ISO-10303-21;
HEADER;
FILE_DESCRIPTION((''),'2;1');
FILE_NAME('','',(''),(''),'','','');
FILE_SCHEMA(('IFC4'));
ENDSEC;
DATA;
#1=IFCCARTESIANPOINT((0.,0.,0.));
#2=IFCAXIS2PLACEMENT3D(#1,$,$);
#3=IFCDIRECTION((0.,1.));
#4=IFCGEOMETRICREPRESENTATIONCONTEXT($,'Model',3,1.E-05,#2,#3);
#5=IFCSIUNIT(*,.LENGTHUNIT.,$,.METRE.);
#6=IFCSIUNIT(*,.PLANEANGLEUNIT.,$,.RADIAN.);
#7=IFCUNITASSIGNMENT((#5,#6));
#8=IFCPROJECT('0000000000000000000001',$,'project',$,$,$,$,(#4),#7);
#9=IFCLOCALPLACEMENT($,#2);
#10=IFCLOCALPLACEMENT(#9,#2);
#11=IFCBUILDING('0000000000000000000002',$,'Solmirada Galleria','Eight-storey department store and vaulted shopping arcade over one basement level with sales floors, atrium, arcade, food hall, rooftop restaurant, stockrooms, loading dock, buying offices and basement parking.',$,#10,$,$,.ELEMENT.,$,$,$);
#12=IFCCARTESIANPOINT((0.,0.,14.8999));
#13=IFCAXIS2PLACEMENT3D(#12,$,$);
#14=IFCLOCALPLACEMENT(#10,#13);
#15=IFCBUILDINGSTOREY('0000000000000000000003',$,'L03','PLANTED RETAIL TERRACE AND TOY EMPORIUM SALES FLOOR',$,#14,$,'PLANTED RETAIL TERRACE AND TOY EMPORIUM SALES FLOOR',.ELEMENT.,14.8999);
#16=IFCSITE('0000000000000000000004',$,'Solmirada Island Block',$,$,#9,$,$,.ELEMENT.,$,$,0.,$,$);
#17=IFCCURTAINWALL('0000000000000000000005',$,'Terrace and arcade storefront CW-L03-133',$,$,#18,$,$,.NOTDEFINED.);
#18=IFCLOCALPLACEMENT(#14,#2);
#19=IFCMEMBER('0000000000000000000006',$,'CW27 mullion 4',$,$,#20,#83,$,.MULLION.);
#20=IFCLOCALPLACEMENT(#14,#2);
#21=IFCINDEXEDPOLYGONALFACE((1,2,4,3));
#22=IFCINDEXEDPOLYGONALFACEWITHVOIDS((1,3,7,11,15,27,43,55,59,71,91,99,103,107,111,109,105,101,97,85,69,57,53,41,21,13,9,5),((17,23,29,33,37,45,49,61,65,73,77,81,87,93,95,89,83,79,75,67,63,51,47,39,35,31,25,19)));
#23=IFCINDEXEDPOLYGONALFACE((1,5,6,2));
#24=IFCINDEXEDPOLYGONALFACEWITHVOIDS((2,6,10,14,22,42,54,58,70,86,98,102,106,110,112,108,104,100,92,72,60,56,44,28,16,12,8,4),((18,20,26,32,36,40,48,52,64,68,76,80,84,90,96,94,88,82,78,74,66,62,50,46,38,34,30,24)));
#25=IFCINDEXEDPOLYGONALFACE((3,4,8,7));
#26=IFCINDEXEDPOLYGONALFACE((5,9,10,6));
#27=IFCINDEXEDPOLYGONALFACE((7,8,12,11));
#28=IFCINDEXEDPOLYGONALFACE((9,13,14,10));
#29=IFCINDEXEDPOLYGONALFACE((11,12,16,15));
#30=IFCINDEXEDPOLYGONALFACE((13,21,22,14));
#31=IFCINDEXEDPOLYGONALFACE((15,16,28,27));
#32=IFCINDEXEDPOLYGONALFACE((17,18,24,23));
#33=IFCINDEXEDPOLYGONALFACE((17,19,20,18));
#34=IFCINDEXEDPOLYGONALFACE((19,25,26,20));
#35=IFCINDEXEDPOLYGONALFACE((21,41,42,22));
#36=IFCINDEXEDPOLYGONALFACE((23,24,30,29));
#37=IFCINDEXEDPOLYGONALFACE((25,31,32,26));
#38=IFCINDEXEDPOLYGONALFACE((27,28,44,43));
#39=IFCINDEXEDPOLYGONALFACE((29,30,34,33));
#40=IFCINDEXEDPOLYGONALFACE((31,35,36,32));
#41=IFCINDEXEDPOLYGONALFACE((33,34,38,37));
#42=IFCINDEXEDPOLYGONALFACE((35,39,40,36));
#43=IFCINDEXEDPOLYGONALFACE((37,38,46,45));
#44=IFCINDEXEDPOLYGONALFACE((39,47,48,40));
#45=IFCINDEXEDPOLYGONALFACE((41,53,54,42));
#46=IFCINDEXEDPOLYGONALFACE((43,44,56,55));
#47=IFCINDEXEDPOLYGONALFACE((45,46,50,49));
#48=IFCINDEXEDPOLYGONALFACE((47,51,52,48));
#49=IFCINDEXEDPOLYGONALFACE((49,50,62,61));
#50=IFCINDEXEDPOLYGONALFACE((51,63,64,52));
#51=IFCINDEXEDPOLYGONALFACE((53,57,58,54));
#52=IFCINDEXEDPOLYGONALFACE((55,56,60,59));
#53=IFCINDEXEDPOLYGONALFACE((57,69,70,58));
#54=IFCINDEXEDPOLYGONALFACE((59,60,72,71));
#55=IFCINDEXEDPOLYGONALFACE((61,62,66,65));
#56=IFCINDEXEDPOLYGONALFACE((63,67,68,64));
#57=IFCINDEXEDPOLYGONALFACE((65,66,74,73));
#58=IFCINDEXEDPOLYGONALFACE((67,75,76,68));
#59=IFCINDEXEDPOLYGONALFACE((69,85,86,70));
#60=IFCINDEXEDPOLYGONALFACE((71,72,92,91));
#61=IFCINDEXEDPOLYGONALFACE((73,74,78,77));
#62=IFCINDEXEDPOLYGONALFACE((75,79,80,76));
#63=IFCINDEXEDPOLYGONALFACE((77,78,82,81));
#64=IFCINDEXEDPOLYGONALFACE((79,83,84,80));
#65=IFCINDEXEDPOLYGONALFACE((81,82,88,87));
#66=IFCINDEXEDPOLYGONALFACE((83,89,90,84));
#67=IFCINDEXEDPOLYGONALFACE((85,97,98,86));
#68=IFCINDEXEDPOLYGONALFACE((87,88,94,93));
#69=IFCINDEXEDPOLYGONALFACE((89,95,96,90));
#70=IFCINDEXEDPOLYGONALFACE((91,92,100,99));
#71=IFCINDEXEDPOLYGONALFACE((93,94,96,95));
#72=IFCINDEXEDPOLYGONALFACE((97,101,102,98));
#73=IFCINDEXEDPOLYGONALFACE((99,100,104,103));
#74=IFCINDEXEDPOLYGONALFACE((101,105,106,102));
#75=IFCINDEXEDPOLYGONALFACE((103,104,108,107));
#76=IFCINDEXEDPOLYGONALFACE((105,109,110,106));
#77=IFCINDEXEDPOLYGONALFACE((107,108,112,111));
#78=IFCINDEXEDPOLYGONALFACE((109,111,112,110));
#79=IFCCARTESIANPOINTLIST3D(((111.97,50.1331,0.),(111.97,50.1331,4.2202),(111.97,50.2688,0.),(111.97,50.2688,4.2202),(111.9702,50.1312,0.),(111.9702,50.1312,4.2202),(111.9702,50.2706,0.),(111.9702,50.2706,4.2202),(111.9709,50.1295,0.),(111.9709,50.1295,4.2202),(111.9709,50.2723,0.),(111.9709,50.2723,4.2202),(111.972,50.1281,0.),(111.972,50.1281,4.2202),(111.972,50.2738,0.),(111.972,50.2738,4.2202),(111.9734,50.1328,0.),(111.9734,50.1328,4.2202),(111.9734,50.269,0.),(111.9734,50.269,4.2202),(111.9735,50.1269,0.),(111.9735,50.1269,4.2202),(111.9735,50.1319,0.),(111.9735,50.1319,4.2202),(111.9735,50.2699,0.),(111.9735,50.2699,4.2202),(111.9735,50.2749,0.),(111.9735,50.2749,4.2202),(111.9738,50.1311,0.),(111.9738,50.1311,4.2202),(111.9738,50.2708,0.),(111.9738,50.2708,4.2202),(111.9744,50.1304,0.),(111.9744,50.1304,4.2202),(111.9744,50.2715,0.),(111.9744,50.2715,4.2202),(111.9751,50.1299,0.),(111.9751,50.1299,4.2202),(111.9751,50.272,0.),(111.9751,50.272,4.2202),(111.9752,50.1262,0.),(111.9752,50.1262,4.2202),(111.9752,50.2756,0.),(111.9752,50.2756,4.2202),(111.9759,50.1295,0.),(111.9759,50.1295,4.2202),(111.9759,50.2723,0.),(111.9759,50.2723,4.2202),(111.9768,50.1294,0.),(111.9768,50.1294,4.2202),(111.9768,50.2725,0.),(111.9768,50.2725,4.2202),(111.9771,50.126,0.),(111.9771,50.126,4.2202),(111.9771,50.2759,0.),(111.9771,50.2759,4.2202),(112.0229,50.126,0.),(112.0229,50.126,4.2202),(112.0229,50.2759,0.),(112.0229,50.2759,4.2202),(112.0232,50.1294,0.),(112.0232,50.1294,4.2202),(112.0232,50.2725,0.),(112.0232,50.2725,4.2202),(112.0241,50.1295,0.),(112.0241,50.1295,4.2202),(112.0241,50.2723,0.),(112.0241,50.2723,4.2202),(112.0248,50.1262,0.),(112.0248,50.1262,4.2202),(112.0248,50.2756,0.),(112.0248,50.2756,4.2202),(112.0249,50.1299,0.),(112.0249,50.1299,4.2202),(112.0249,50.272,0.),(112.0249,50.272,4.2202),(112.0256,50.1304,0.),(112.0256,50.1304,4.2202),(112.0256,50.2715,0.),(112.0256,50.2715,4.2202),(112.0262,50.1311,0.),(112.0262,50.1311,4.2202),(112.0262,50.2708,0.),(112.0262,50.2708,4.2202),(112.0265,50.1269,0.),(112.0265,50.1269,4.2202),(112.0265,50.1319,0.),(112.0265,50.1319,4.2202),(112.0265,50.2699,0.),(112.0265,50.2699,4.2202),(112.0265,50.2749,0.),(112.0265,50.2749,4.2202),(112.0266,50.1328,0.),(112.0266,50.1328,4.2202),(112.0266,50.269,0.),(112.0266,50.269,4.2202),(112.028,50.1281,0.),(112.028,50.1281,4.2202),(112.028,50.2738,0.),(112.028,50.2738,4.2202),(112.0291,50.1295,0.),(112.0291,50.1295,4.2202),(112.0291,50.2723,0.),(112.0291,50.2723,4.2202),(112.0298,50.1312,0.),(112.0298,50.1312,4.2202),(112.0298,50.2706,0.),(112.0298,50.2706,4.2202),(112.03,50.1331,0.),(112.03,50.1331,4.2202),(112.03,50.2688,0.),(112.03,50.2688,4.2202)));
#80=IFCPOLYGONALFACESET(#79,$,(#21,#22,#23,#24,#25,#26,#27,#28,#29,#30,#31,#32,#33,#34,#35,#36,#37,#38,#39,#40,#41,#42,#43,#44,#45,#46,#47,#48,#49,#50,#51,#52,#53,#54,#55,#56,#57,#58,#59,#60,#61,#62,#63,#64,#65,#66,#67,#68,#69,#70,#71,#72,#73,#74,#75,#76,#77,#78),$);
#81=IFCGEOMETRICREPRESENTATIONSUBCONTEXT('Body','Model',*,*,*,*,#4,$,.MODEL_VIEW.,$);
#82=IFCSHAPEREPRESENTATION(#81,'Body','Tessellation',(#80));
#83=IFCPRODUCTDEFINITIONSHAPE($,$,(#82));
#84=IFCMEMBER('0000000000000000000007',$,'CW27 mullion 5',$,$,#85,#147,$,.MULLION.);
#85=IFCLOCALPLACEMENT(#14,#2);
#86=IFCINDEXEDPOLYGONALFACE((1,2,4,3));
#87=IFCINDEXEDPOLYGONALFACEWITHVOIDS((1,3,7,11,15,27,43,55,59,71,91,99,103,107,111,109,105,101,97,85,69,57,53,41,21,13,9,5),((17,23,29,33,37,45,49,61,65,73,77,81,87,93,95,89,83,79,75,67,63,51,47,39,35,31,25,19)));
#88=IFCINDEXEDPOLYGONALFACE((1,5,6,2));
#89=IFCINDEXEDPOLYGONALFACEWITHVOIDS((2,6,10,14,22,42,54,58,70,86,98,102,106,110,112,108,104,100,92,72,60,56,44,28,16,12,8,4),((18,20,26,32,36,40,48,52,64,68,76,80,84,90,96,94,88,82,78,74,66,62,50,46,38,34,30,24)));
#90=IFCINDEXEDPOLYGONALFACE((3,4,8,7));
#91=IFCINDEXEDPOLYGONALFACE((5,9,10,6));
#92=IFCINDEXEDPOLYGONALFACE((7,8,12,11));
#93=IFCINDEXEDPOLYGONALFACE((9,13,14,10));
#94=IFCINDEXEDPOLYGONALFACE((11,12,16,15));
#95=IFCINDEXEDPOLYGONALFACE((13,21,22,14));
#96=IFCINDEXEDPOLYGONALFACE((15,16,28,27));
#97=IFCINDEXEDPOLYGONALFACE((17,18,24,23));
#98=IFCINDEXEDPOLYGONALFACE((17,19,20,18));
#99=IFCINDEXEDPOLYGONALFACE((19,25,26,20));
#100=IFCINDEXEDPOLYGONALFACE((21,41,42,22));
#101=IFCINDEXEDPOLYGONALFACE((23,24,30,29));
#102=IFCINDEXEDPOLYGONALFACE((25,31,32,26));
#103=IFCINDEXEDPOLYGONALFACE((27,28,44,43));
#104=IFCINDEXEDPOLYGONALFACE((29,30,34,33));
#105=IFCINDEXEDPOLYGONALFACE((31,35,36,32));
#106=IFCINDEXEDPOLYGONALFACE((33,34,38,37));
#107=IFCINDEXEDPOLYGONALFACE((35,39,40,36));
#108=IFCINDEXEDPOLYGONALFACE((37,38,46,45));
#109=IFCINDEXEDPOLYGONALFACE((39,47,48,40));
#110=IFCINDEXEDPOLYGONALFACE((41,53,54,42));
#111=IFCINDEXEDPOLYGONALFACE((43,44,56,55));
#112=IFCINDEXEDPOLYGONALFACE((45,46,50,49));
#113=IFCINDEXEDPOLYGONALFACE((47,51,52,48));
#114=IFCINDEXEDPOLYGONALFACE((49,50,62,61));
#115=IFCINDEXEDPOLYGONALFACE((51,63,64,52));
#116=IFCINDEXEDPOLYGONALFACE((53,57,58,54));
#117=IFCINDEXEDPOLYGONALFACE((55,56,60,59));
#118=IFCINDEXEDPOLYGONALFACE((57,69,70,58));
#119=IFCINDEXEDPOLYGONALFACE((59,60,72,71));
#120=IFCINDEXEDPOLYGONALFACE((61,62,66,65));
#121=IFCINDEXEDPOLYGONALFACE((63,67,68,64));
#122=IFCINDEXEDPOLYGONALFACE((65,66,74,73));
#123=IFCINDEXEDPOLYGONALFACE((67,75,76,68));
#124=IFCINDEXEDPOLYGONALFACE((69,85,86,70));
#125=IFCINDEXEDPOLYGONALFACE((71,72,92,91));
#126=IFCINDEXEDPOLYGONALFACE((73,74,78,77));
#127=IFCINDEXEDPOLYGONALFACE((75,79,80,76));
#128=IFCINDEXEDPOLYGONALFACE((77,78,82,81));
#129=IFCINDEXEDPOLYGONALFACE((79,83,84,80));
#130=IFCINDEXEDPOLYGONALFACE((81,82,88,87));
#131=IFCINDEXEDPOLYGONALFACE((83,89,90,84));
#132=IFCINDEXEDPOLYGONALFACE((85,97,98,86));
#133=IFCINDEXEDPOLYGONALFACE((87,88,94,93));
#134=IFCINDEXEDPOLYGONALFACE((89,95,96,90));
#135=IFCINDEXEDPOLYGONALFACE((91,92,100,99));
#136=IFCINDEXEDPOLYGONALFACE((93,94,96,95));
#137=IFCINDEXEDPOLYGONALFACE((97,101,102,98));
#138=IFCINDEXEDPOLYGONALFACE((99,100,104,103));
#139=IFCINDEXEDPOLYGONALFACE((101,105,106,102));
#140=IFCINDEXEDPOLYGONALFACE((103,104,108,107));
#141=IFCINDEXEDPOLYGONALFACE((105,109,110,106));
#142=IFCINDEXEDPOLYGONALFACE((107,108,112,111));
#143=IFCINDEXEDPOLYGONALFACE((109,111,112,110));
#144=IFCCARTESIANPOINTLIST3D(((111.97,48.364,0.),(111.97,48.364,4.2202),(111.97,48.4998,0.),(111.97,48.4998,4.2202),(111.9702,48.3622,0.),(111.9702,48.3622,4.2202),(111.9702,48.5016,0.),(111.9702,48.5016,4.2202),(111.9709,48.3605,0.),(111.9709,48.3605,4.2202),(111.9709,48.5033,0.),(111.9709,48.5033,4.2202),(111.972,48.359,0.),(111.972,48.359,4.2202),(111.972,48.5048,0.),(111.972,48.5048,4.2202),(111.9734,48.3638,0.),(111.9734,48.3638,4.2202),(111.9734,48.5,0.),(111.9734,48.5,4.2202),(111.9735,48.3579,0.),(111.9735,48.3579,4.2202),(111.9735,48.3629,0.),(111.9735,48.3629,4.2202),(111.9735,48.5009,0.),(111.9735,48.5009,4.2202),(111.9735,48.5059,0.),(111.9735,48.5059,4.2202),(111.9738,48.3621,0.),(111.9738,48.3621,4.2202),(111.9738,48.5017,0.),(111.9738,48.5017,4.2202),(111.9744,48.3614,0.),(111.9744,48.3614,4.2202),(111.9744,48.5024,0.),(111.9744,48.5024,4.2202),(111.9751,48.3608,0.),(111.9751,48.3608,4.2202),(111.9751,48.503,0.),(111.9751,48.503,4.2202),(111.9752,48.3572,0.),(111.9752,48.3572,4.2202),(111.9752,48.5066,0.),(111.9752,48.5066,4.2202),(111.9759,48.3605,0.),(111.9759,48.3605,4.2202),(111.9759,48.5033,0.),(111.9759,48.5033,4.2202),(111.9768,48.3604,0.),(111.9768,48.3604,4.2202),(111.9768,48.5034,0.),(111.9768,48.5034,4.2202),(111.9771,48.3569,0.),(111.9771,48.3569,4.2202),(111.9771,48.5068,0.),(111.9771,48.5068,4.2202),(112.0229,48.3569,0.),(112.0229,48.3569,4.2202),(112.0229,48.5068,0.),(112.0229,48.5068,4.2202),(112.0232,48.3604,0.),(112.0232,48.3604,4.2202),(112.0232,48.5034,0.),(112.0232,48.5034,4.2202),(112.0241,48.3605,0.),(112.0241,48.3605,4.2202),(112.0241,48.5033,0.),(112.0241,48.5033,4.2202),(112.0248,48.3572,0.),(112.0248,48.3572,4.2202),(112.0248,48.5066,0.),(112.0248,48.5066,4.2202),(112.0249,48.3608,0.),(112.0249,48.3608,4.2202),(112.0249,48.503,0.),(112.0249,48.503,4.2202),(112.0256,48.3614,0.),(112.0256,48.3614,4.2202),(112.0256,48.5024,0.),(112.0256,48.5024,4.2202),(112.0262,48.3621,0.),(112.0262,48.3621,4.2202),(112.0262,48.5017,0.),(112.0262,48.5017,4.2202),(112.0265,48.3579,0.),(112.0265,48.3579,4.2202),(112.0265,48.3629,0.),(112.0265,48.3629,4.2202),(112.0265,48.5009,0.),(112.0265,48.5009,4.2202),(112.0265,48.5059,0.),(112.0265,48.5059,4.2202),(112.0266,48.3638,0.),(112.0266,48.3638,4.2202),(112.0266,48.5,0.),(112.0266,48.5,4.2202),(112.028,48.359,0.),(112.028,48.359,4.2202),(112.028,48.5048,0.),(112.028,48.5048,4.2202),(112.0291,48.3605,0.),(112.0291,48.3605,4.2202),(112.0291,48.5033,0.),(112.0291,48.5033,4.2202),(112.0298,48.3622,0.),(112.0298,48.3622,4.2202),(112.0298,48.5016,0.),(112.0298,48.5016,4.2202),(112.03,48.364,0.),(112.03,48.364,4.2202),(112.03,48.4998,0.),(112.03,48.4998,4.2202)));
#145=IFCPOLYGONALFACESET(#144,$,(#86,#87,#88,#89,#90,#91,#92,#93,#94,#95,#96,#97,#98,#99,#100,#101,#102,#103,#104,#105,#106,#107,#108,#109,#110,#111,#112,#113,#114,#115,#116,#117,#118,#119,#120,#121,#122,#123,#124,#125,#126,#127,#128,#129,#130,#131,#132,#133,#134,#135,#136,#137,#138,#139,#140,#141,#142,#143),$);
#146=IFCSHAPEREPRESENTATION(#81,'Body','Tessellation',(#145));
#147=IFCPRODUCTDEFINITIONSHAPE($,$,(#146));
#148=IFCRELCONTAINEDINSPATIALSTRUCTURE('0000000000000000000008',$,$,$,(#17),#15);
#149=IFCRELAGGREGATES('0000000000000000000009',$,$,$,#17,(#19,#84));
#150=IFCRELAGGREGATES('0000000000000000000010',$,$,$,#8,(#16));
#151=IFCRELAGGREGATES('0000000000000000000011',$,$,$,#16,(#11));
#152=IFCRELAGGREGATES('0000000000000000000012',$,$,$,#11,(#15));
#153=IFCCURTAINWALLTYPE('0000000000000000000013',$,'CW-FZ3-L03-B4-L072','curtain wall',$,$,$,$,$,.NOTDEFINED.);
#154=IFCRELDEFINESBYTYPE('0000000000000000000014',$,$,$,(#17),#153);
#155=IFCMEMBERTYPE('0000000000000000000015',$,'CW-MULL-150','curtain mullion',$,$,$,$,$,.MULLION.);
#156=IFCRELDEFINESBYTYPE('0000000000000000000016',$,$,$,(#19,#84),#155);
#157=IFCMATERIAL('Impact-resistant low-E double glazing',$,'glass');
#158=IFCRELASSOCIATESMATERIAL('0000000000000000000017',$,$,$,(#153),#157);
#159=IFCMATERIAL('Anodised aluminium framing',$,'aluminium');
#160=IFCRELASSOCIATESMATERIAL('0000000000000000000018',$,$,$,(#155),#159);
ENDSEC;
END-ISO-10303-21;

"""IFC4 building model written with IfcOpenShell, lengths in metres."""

from ifc_helpers import new_model, si_unit, direction, frame, origin, origin_2d, place, context, subcontext, project, spatial, hollow_rectangle, extrude, material, material_profile, profile_set, type_object, element, aggregate, save


model = new_model("IFC4")

# Units and contexts
model_context = context("Model", 3, precision=1e-05, world=origin(), true_north=direction((0.0, 1.0)))
body_context = subcontext(model_context, "Body", "Model", "MODEL_VIEW")
ifc_project = project(units=[si_unit("LENGTHUNIT", "METRE"), si_unit("PLANEANGLEUNIT", "RADIAN")], contexts=[model_context])

# Site, building, storey
site_placement = place(None, origin())
site = spatial("IfcSite", under=ifc_project, at=site_placement, Name="Solmirada Island Block", CompositionType="ELEMENT", RefElevation=0.0)
building_placement = place(site_placement, origin())
building = spatial("IfcBuilding", under=site, at=building_placement, Name="Solmirada Galleria", Description="Eight-storey department store and vaulted shopping arcade over one basement level with sales floors, atrium, arcade, food hall, rooftop restaurant, stockrooms, loading dock, buying offices and basement parking.", CompositionType="ELEMENT")
storey_placement = place(building_placement, frame((0.0, 0.0, 14.8999)))
storey = spatial("IfcBuildingStorey", under=building, at=storey_placement, Name="L03", Description="PLANTED RETAIL TERRACE AND TOY EMPORIUM SALES FLOOR", LongName="PLANTED RETAIL TERRACE AND TOY EMPORIUM SALES FLOOR", CompositionType="ELEMENT", Elevation=14.8999)

# Curtain wall, members
ifc_material_1 = material(Name="Impact-resistant low-E double glazing", Category="glass")
curtain_wall_type = type_object("IfcCurtainWallType", Name="CW-FZ3-L03-B4-L072", Description="curtain wall", PredefinedType="NOTDEFINED", material=ifc_material_1)
curtain_wall_1_placement = place(storey_placement, origin())
curtain_wall_1 = element("IfcCurtainWall", 1, at=curtain_wall_1_placement, inside=storey, type_object=curtain_wall_type, Name="Terrace and arcade storefront CW-L03-133", PredefinedType="NOTDEFINED")
ifc_material_2 = material(Name="Anodised aluminium framing", Category="aluminium")
ifc_material_profile_1 = material_profile(ifc_material_2, hollow_rectangle(XDim=0.0601, YDim=0.1499, WallThickness=0.0034, InnerFilletRadius=0.0034, OuterFilletRadius=0.0071, at=origin_2d()), Name="ALU-MULL-150X60")
ifc_profile_set_1 = profile_set([ifc_material_profile_1], Name="Anodised aluminium framing")
member_type_1 = type_object("IfcMemberType", Name="CW-MULL-150", Description="curtain mullion", PredefinedType="MULLION", material=ifc_profile_set_1)
member_1_placement = place(storey_placement, frame((112.0, 50.2009, 0.0), z_axis=(0.0, 0.0, 1.0), x_axis=(1.0, 0.0, 0.0)))
member_1 = element("IfcMember", 2, at=member_1_placement, type_object=member_type_1, Name="CW27 mullion 4", PredefinedType="MULLION", context=body_context, shape_type="SweptSolid", body=[
    extrude(hollow_rectangle(XDim=0.0601, YDim=0.1499, WallThickness=0.0034, InnerFilletRadius=0.0034, OuterFilletRadius=0.0071, at=origin_2d()), origin(), (0.0, 0.0, 1.0), 4.2202),
])
member_2_placement = place(storey_placement, frame((112.0, 48.4319, 0.0), z_axis=(0.0, 0.0, 1.0), x_axis=(1.0, 0.0, 0.0)))
member_2 = element("IfcMember", 3, at=member_2_placement, type_object=member_type_1, Name="CW27 mullion 5", PredefinedType="MULLION", context=body_context, shape_type="SweptSolid", body=[
    extrude(hollow_rectangle(XDim=0.0601, YDim=0.1499, WallThickness=0.0034, InnerFilletRadius=0.0034, OuterFilletRadius=0.0071, at=origin_2d()), origin(), (0.0, 0.0, 1.0), 4.2202),
])

aggregate(curtain_wall_1, [member_1, member_2])

save(model, "model.ifc")
